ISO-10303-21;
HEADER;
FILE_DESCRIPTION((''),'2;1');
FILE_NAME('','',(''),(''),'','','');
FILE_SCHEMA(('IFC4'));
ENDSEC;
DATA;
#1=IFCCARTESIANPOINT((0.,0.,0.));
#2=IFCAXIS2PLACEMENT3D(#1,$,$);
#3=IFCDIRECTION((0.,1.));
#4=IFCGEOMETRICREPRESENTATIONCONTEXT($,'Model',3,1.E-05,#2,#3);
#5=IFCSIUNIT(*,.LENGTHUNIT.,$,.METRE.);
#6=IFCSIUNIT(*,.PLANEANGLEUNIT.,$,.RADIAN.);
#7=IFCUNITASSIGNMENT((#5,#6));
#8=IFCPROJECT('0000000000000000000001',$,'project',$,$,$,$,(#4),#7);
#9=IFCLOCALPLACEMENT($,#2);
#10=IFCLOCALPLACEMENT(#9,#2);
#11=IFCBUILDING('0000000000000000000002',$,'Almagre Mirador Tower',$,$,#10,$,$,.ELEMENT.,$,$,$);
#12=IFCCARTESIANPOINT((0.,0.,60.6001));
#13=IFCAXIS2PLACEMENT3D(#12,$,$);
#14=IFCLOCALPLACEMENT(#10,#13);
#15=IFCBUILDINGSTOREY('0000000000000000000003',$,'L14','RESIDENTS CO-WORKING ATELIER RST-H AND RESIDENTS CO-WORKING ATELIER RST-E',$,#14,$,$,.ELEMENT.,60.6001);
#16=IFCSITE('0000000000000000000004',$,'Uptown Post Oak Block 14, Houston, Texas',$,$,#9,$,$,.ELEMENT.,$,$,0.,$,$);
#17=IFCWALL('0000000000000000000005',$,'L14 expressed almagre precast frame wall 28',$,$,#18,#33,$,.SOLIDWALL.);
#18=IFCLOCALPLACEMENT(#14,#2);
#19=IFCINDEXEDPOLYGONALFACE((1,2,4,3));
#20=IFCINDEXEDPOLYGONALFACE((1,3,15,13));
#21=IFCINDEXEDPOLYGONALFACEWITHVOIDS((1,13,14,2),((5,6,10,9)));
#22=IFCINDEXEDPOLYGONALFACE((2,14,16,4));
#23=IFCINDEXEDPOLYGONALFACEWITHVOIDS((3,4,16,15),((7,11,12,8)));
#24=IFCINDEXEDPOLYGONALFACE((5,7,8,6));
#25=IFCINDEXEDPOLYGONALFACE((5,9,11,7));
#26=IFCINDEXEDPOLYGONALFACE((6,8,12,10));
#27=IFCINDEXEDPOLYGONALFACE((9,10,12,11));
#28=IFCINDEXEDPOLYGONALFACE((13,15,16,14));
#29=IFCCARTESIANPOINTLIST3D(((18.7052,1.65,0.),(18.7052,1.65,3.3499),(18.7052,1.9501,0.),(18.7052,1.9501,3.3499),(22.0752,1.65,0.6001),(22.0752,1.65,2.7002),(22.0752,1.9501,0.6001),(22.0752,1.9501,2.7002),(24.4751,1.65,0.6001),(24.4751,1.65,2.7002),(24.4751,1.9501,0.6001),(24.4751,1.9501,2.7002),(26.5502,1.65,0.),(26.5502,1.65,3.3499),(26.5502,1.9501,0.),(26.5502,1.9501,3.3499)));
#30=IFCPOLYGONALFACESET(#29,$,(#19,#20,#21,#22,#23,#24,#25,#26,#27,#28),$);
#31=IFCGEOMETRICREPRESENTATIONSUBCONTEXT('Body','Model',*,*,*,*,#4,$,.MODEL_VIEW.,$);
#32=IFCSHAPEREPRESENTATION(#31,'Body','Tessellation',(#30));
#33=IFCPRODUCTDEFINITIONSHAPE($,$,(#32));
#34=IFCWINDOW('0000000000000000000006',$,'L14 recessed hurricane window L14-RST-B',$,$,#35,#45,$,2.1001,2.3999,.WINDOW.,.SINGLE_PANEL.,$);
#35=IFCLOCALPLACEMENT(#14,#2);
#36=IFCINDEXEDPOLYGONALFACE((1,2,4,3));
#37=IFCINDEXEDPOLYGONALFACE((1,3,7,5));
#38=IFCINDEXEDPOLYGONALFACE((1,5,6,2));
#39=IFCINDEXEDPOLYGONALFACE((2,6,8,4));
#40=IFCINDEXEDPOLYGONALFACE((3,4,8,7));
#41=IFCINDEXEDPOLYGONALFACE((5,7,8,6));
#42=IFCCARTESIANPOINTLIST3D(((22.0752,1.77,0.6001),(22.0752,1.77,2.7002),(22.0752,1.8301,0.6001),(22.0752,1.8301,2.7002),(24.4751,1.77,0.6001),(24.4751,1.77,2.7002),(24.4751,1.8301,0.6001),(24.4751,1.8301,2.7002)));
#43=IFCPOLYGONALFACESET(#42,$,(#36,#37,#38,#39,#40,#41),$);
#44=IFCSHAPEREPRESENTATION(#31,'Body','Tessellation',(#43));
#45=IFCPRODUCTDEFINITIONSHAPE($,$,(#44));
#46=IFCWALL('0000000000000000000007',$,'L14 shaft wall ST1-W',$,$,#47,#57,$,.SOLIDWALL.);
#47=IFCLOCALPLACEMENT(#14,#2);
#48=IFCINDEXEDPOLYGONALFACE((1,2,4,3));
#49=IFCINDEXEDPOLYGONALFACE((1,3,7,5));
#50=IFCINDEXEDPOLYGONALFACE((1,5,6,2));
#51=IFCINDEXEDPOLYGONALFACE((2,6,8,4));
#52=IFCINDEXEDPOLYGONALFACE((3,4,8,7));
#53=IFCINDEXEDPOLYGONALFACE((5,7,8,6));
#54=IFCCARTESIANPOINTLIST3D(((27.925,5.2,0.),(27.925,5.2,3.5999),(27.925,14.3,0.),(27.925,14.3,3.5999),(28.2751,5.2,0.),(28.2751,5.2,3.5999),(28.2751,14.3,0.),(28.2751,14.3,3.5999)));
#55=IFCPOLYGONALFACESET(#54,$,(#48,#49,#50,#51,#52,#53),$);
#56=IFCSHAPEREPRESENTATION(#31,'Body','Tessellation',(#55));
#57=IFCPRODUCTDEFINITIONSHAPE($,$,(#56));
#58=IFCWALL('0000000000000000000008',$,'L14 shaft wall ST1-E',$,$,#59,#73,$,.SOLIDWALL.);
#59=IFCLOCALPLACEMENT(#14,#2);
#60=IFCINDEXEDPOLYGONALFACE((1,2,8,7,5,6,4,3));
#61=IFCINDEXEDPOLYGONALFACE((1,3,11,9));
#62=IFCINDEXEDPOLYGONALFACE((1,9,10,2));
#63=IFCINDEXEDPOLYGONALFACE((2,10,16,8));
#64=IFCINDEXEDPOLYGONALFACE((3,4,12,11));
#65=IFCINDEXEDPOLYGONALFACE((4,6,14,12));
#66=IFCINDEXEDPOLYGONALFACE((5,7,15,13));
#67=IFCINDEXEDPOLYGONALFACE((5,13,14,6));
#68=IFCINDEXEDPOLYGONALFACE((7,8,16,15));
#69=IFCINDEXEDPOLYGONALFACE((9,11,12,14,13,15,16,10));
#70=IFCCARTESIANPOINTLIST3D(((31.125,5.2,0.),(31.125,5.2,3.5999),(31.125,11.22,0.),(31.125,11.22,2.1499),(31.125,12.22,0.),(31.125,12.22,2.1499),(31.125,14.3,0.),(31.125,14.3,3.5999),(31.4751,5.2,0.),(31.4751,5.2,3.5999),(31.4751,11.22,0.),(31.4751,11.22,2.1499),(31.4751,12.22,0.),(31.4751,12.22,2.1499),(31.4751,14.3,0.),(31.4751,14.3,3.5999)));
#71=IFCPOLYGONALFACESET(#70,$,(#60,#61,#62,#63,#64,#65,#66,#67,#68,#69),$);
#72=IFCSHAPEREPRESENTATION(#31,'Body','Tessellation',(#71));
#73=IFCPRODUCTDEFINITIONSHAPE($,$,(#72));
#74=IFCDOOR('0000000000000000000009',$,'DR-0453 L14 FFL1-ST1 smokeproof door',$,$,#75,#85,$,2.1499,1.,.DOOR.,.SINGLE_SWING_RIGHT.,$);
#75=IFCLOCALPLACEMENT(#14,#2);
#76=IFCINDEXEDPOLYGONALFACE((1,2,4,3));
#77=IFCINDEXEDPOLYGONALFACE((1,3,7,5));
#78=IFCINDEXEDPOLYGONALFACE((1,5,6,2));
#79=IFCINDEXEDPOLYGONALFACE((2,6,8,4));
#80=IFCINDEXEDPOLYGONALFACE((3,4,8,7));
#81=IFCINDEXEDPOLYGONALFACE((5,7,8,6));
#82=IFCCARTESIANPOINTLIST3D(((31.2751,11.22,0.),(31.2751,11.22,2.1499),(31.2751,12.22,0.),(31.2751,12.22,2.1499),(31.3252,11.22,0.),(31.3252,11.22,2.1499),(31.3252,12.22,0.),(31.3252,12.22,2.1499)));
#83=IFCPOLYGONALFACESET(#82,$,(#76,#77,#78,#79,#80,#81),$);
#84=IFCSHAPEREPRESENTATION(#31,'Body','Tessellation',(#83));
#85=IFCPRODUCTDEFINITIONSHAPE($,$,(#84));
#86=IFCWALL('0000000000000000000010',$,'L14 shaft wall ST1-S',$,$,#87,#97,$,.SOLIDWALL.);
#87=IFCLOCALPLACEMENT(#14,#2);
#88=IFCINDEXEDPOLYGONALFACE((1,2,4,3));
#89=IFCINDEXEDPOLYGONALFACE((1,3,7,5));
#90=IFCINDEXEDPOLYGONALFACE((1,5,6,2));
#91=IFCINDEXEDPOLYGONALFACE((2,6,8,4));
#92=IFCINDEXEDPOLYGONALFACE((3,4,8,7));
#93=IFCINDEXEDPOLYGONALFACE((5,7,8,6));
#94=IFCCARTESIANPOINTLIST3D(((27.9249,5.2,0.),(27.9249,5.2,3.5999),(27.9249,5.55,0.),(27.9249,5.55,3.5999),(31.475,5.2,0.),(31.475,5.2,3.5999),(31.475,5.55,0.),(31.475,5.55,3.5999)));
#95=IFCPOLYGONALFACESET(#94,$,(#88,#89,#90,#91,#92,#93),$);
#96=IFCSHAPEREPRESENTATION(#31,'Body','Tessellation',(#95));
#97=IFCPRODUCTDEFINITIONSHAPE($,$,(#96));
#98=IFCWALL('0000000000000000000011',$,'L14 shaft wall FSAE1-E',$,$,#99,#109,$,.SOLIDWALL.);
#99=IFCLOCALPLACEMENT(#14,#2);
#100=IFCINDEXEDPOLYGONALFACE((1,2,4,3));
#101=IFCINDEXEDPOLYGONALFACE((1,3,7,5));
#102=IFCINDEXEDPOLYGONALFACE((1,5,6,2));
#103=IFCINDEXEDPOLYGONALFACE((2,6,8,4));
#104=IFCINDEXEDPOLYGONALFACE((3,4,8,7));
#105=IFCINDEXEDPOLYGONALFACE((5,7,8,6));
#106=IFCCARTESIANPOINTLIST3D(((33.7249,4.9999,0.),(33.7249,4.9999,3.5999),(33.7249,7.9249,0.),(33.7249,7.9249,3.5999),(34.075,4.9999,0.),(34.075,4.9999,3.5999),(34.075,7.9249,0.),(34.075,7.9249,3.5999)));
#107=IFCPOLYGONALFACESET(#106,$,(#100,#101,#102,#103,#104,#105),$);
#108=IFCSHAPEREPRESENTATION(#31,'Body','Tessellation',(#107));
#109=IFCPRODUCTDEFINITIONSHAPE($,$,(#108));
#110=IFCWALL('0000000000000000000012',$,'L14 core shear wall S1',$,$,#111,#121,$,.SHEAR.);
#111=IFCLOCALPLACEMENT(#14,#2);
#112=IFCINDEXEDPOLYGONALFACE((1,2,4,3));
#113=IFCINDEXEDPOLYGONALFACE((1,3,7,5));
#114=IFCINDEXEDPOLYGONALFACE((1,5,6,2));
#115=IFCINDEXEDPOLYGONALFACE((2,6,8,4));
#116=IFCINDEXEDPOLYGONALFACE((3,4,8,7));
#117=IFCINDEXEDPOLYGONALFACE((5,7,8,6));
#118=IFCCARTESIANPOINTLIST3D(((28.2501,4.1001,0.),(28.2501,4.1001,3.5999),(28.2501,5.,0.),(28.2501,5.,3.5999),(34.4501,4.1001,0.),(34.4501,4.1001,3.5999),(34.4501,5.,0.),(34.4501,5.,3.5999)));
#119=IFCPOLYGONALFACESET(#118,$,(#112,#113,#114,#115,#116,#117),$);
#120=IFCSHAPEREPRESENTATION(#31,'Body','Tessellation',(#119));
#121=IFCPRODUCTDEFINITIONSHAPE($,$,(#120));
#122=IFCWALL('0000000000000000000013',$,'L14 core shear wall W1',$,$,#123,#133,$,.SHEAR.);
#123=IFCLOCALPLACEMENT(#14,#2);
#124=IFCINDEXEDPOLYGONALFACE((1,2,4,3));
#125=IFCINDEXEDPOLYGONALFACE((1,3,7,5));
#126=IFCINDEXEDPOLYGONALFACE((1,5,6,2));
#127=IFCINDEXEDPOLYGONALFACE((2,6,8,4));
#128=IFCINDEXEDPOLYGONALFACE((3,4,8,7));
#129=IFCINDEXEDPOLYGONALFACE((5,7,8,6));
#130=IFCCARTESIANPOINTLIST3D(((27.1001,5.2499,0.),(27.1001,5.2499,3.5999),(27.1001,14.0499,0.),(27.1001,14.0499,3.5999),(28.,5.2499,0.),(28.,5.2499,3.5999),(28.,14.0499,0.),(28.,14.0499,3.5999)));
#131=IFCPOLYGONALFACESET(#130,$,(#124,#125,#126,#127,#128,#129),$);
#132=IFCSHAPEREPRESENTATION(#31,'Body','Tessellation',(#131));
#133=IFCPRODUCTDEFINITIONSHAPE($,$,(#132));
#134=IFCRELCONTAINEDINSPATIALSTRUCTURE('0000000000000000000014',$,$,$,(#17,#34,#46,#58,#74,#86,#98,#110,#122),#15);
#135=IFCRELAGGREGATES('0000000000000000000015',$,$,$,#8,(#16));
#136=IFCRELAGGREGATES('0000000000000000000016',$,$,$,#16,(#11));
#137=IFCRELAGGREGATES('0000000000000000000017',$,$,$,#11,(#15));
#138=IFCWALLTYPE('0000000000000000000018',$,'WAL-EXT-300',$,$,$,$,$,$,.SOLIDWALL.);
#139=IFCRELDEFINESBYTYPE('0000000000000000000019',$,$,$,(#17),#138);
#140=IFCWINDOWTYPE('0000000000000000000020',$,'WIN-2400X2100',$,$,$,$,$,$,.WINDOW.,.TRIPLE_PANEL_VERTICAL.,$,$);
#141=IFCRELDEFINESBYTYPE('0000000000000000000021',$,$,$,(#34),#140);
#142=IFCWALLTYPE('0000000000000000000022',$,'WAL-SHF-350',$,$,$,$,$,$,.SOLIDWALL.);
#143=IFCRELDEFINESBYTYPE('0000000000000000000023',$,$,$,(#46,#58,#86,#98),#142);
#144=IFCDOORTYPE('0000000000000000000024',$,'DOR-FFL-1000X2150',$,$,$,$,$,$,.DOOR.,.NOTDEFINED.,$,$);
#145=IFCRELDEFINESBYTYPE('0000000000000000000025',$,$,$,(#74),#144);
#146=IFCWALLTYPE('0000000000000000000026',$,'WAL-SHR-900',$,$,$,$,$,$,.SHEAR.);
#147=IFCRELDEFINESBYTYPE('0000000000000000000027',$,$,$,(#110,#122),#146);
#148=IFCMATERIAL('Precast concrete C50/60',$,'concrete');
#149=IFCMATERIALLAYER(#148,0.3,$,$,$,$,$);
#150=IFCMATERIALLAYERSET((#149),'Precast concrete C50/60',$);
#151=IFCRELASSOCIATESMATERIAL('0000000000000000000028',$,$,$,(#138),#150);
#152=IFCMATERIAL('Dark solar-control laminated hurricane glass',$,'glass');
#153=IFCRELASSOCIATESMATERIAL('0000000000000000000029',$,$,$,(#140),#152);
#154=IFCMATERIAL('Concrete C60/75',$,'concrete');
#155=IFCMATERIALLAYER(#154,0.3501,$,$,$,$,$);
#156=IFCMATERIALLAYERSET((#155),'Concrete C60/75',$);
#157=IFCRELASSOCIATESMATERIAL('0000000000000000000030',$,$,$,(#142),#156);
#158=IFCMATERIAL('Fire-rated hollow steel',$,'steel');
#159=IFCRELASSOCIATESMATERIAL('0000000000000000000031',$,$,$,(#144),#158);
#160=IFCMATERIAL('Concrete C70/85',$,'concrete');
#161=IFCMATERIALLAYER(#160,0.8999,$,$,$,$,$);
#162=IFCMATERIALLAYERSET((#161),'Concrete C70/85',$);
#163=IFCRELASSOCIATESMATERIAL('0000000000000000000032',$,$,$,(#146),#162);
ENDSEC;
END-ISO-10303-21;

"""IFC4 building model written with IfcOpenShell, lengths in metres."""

from ifc_helpers import new_model, si_unit, direction, frame, frame_2d, origin, place, context, subcontext, project, spatial, rectangle, extrude, material, layer, layer_set, type_object, element, fill, save


model = new_model("IFC4")

# Units and contexts
model_context = context("Model", 3, precision=1e-05, world=origin(), true_north=direction((0.0, 1.0)))
body_context = subcontext(model_context, "Body", "Model", "MODEL_VIEW")
ifc_project = project(units=[si_unit("LENGTHUNIT", "METRE"), si_unit("PLANEANGLEUNIT", "RADIAN")], contexts=[model_context])

# Site, building, storey
site_placement = place(None, origin())
site = spatial("IfcSite", under=ifc_project, at=site_placement, Name="Uptown Post Oak Block 14, Houston, Texas", CompositionType="ELEMENT", RefElevation=0.0)
building_placement = place(site_placement, origin())
building = spatial("IfcBuilding", under=site, at=building_placement, Name="Almagre Mirador Tower", CompositionType="ELEMENT")
storey_placement = place(building_placement, frame((0.0, 0.0, 60.6001)))
storey = spatial("IfcBuildingStorey", under=building, at=storey_placement, Name="L14", Description="RESIDENTS CO-WORKING ATELIER RST-H AND RESIDENTS CO-WORKING ATELIER RST-E", CompositionType="ELEMENT", Elevation=60.6001)

# Wall, opening, window
ifc_material_1 = material(Name="Precast concrete C50/60", Category="concrete")
ifc_layer_1 = layer(ifc_material_1, 0.3)
ifc_layer_set_1 = layer_set([ifc_layer_1], Name="Precast concrete C50/60")
wall_type_1 = type_object("IfcWallType", Name="WAL-EXT-300", PredefinedType="SOLIDWALL", material=ifc_layer_set_1)
wall_1_placement = place(storey_placement, frame((26.55, 1.8, 0.0), z_axis=(0.0, 0.0, 1.0), x_axis=(-1.0, 0.0, 0.0)))
wall_1 = element("IfcWall", 1, at=wall_1_placement, inside=storey, type_object=wall_type_1, Name="L14 expressed almagre precast frame wall 28", PredefinedType="SOLIDWALL", context=body_context, shape_type="SweptSolid", body=[
    extrude(rectangle(XDim=7.845, YDim=0.3, at=frame_2d((3.9224, 0.0))), origin(), (0.0, 0.0, 1.0), 3.3499),
])
opening_1_placement = place(wall_1_placement, frame((2.075, 0.0, 0.6001)))
opening_1 = element("IfcOpeningElement", 2, at=opening_1_placement, cuts=wall_1, PredefinedType="OPENING", context=body_context, shape_type="SweptSolid", body=[
    extrude(rectangle(XDim=2.3999, YDim=2.1001, at=frame_2d((1.2, 1.05))), frame((0.0, 0.1599, 0.0), z_axis=(0.0, -1.0, 0.0), x_axis=(1.0, 0.0, 0.0)), (0.0, 0.0, 1.0), 0.32),
])
ifc_material_2 = material(Name="Dark solar-control laminated hurricane glass", Category="glass")
window_type_1 = type_object("IfcWindowType", Name="WIN-2400X2100", PartitioningType="TRIPLE_PANEL_VERTICAL", PredefinedType="WINDOW", material=ifc_material_2)
window_1_placement = place(opening_1_placement, origin())
window_1 = element("IfcWindow", 3, at=window_1_placement, inside=storey, type_object=window_type_1, Name="L14 recessed hurricane window L14-RST-B", OverallHeight=2.1001, OverallWidth=2.3999, PartitioningType="SINGLE_PANEL", PredefinedType="WINDOW", context=body_context, shape_type="SweptSolid", body=[
    extrude(rectangle(XDim=2.3999, YDim=2.1001, at=frame_2d((1.2, 1.05))), frame((0.0, 0.03, 0.0), z_axis=(0.0, -1.0, 0.0), x_axis=(1.0, 0.0, 0.0)), (0.0, 0.0, 1.0), 0.0601),
])
fill(opening_1, window_1)

# Wall
ifc_material_3 = material(Name="Concrete C60/75", Category="concrete")
ifc_layer_2 = layer(ifc_material_3, 0.3501)
ifc_layer_set_2 = layer_set([ifc_layer_2], Name="Concrete C60/75")
wall_type_2 = type_object("IfcWallType", Name="WAL-SHF-350", PredefinedType="SOLIDWALL", material=ifc_layer_set_2)
wall_2_placement = place(storey_placement, frame((28.1001, 5.2, 0.0), z_axis=(0.0, 0.0, 1.0), x_axis=(0.0, 1.0, 0.0)))
element("IfcWall", 4, at=wall_2_placement, inside=storey, type_object=wall_type_2, Name="L14 shaft wall ST1-W", PredefinedType="SOLIDWALL", context=body_context, shape_type="SweptSolid", body=[
    extrude(rectangle(XDim=9.1001, YDim=0.3501, at=frame_2d((4.55, 0.0))), origin(), (0.0, 0.0, 1.0), 3.5999),
])

# Wall, opening, door
wall_3_placement = place(storey_placement, frame((31.3, 5.2, 0.0), z_axis=(0.0, 0.0, 1.0), x_axis=(0.0, 1.0, 0.0)))
wall_3 = element("IfcWall", 5, at=wall_3_placement, inside=storey, type_object=wall_type_2, Name="L14 shaft wall ST1-E", PredefinedType="SOLIDWALL", context=body_context, shape_type="SweptSolid", body=[
    extrude(rectangle(XDim=9.1001, YDim=0.3501, at=frame_2d((4.55, 0.0))), origin(), (0.0, 0.0, 1.0), 3.5999),
])
opening_2_placement = place(wall_3_placement, frame((6.02, 0.0, 0.0)))
opening_2 = element("IfcOpeningElement", 6, at=opening_2_placement, cuts=wall_3, PredefinedType="OPENING", context=body_context, shape_type="SweptSolid", body=[
    extrude(rectangle(XDim=1.0, YDim=2.1499, at=frame_2d((0.5, 1.075))), frame((0.0, 0.185, 0.0), z_axis=(0.0, -1.0, 0.0), x_axis=(1.0, 0.0, 0.0)), (0.0, 0.0, 1.0), 0.3701),
])
ifc_material_4 = material(Name="Fire-rated hollow steel", Category="steel")
door_type = type_object("IfcDoorType", Name="DOR-FFL-1000X2150", OperationType="NOTDEFINED", PredefinedType="DOOR", material=ifc_material_4)
door_placement = place(opening_2_placement, origin())
door = element("IfcDoor", 7, at=door_placement, inside=storey, type_object=door_type, Name="DR-0453 L14 FFL1-ST1 smokeproof door", OperationType="SINGLE_SWING_RIGHT", OverallHeight=2.1499, OverallWidth=1.0, PredefinedType="DOOR", context=body_context, shape_type="SweptSolid", body=[
    extrude(rectangle(XDim=1.0, YDim=2.1499, at=frame_2d((0.5, 1.075))), frame((0.0, 0.0249, 0.0), z_axis=(0.0, -1.0, 0.0), x_axis=(1.0, 0.0, 0.0)), (0.0, 0.0, 1.0), 0.05),
])
fill(opening_2, door)

# Walls
wall_4_placement = place(storey_placement, frame((27.925, 5.375, 0.0), z_axis=(0.0, 0.0, 1.0), x_axis=(1.0, 0.0, 0.0)))
element("IfcWall", 8, at=wall_4_placement, inside=storey, type_object=wall_type_2, Name="L14 shaft wall ST1-S", PredefinedType="SOLIDWALL", context=body_context, shape_type="SweptSolid", body=[
    extrude(rectangle(XDim=3.55, YDim=0.3501, at=frame_2d((1.7749, 0.0))), origin(), (0.0, 0.0, 1.0), 3.5999),
])
wall_5_placement = place(storey_placement, frame((33.8999, 5.0, 0.0), z_axis=(0.0, 0.0, 1.0), x_axis=(0.0, 1.0, 0.0)))
element("IfcWall", 9, at=wall_5_placement, inside=storey, type_object=wall_type_2, Name="L14 shaft wall FSAE1-E", PredefinedType="SOLIDWALL", context=body_context, shape_type="SweptSolid", body=[
    extrude(rectangle(XDim=2.925, YDim=0.3501, at=frame_2d((1.4624, 0.0))), origin(), (0.0, 0.0, 1.0), 3.5999),
])
ifc_material_5 = material(Name="Concrete C70/85", Category="concrete")
ifc_layer_3 = layer(ifc_material_5, 0.8999)
ifc_layer_set_3 = layer_set([ifc_layer_3], Name="Concrete C70/85")
wall_type_3 = type_object("IfcWallType", Name="WAL-SHR-900", PredefinedType="SHEAR", material=ifc_layer_set_3)
wall_6_placement = place(storey_placement, frame((28.25, 4.55, 0.0), z_axis=(0.0, 0.0, 1.0), x_axis=(1.0, 0.0, 0.0)))
element("IfcWall", 10, at=wall_6_placement, inside=storey, type_object=wall_type_3, Name="L14 core shear wall S1", PredefinedType="SHEAR", context=body_context, shape_type="SweptSolid", body=[
    extrude(rectangle(XDim=6.2, YDim=0.8999, at=frame_2d((3.1001, 0.0))), origin(), (0.0, 0.0, 1.0), 3.5999),
])
wall_7_placement = place(storey_placement, frame((27.55, 5.25, 0.0), z_axis=(0.0, 0.0, 1.0), x_axis=(0.0, 1.0, 0.0)))
element("IfcWall", 11, at=wall_7_placement, inside=storey, type_object=wall_type_3, Name="L14 core shear wall W1", PredefinedType="SHEAR", context=body_context, shape_type="SweptSolid", body=[
    extrude(rectangle(XDim=8.8, YDim=0.8999, at=frame_2d((4.3999, 0.0))), origin(), (0.0, 0.0, 1.0), 3.5999),
])

save(model, "model.ifc")
